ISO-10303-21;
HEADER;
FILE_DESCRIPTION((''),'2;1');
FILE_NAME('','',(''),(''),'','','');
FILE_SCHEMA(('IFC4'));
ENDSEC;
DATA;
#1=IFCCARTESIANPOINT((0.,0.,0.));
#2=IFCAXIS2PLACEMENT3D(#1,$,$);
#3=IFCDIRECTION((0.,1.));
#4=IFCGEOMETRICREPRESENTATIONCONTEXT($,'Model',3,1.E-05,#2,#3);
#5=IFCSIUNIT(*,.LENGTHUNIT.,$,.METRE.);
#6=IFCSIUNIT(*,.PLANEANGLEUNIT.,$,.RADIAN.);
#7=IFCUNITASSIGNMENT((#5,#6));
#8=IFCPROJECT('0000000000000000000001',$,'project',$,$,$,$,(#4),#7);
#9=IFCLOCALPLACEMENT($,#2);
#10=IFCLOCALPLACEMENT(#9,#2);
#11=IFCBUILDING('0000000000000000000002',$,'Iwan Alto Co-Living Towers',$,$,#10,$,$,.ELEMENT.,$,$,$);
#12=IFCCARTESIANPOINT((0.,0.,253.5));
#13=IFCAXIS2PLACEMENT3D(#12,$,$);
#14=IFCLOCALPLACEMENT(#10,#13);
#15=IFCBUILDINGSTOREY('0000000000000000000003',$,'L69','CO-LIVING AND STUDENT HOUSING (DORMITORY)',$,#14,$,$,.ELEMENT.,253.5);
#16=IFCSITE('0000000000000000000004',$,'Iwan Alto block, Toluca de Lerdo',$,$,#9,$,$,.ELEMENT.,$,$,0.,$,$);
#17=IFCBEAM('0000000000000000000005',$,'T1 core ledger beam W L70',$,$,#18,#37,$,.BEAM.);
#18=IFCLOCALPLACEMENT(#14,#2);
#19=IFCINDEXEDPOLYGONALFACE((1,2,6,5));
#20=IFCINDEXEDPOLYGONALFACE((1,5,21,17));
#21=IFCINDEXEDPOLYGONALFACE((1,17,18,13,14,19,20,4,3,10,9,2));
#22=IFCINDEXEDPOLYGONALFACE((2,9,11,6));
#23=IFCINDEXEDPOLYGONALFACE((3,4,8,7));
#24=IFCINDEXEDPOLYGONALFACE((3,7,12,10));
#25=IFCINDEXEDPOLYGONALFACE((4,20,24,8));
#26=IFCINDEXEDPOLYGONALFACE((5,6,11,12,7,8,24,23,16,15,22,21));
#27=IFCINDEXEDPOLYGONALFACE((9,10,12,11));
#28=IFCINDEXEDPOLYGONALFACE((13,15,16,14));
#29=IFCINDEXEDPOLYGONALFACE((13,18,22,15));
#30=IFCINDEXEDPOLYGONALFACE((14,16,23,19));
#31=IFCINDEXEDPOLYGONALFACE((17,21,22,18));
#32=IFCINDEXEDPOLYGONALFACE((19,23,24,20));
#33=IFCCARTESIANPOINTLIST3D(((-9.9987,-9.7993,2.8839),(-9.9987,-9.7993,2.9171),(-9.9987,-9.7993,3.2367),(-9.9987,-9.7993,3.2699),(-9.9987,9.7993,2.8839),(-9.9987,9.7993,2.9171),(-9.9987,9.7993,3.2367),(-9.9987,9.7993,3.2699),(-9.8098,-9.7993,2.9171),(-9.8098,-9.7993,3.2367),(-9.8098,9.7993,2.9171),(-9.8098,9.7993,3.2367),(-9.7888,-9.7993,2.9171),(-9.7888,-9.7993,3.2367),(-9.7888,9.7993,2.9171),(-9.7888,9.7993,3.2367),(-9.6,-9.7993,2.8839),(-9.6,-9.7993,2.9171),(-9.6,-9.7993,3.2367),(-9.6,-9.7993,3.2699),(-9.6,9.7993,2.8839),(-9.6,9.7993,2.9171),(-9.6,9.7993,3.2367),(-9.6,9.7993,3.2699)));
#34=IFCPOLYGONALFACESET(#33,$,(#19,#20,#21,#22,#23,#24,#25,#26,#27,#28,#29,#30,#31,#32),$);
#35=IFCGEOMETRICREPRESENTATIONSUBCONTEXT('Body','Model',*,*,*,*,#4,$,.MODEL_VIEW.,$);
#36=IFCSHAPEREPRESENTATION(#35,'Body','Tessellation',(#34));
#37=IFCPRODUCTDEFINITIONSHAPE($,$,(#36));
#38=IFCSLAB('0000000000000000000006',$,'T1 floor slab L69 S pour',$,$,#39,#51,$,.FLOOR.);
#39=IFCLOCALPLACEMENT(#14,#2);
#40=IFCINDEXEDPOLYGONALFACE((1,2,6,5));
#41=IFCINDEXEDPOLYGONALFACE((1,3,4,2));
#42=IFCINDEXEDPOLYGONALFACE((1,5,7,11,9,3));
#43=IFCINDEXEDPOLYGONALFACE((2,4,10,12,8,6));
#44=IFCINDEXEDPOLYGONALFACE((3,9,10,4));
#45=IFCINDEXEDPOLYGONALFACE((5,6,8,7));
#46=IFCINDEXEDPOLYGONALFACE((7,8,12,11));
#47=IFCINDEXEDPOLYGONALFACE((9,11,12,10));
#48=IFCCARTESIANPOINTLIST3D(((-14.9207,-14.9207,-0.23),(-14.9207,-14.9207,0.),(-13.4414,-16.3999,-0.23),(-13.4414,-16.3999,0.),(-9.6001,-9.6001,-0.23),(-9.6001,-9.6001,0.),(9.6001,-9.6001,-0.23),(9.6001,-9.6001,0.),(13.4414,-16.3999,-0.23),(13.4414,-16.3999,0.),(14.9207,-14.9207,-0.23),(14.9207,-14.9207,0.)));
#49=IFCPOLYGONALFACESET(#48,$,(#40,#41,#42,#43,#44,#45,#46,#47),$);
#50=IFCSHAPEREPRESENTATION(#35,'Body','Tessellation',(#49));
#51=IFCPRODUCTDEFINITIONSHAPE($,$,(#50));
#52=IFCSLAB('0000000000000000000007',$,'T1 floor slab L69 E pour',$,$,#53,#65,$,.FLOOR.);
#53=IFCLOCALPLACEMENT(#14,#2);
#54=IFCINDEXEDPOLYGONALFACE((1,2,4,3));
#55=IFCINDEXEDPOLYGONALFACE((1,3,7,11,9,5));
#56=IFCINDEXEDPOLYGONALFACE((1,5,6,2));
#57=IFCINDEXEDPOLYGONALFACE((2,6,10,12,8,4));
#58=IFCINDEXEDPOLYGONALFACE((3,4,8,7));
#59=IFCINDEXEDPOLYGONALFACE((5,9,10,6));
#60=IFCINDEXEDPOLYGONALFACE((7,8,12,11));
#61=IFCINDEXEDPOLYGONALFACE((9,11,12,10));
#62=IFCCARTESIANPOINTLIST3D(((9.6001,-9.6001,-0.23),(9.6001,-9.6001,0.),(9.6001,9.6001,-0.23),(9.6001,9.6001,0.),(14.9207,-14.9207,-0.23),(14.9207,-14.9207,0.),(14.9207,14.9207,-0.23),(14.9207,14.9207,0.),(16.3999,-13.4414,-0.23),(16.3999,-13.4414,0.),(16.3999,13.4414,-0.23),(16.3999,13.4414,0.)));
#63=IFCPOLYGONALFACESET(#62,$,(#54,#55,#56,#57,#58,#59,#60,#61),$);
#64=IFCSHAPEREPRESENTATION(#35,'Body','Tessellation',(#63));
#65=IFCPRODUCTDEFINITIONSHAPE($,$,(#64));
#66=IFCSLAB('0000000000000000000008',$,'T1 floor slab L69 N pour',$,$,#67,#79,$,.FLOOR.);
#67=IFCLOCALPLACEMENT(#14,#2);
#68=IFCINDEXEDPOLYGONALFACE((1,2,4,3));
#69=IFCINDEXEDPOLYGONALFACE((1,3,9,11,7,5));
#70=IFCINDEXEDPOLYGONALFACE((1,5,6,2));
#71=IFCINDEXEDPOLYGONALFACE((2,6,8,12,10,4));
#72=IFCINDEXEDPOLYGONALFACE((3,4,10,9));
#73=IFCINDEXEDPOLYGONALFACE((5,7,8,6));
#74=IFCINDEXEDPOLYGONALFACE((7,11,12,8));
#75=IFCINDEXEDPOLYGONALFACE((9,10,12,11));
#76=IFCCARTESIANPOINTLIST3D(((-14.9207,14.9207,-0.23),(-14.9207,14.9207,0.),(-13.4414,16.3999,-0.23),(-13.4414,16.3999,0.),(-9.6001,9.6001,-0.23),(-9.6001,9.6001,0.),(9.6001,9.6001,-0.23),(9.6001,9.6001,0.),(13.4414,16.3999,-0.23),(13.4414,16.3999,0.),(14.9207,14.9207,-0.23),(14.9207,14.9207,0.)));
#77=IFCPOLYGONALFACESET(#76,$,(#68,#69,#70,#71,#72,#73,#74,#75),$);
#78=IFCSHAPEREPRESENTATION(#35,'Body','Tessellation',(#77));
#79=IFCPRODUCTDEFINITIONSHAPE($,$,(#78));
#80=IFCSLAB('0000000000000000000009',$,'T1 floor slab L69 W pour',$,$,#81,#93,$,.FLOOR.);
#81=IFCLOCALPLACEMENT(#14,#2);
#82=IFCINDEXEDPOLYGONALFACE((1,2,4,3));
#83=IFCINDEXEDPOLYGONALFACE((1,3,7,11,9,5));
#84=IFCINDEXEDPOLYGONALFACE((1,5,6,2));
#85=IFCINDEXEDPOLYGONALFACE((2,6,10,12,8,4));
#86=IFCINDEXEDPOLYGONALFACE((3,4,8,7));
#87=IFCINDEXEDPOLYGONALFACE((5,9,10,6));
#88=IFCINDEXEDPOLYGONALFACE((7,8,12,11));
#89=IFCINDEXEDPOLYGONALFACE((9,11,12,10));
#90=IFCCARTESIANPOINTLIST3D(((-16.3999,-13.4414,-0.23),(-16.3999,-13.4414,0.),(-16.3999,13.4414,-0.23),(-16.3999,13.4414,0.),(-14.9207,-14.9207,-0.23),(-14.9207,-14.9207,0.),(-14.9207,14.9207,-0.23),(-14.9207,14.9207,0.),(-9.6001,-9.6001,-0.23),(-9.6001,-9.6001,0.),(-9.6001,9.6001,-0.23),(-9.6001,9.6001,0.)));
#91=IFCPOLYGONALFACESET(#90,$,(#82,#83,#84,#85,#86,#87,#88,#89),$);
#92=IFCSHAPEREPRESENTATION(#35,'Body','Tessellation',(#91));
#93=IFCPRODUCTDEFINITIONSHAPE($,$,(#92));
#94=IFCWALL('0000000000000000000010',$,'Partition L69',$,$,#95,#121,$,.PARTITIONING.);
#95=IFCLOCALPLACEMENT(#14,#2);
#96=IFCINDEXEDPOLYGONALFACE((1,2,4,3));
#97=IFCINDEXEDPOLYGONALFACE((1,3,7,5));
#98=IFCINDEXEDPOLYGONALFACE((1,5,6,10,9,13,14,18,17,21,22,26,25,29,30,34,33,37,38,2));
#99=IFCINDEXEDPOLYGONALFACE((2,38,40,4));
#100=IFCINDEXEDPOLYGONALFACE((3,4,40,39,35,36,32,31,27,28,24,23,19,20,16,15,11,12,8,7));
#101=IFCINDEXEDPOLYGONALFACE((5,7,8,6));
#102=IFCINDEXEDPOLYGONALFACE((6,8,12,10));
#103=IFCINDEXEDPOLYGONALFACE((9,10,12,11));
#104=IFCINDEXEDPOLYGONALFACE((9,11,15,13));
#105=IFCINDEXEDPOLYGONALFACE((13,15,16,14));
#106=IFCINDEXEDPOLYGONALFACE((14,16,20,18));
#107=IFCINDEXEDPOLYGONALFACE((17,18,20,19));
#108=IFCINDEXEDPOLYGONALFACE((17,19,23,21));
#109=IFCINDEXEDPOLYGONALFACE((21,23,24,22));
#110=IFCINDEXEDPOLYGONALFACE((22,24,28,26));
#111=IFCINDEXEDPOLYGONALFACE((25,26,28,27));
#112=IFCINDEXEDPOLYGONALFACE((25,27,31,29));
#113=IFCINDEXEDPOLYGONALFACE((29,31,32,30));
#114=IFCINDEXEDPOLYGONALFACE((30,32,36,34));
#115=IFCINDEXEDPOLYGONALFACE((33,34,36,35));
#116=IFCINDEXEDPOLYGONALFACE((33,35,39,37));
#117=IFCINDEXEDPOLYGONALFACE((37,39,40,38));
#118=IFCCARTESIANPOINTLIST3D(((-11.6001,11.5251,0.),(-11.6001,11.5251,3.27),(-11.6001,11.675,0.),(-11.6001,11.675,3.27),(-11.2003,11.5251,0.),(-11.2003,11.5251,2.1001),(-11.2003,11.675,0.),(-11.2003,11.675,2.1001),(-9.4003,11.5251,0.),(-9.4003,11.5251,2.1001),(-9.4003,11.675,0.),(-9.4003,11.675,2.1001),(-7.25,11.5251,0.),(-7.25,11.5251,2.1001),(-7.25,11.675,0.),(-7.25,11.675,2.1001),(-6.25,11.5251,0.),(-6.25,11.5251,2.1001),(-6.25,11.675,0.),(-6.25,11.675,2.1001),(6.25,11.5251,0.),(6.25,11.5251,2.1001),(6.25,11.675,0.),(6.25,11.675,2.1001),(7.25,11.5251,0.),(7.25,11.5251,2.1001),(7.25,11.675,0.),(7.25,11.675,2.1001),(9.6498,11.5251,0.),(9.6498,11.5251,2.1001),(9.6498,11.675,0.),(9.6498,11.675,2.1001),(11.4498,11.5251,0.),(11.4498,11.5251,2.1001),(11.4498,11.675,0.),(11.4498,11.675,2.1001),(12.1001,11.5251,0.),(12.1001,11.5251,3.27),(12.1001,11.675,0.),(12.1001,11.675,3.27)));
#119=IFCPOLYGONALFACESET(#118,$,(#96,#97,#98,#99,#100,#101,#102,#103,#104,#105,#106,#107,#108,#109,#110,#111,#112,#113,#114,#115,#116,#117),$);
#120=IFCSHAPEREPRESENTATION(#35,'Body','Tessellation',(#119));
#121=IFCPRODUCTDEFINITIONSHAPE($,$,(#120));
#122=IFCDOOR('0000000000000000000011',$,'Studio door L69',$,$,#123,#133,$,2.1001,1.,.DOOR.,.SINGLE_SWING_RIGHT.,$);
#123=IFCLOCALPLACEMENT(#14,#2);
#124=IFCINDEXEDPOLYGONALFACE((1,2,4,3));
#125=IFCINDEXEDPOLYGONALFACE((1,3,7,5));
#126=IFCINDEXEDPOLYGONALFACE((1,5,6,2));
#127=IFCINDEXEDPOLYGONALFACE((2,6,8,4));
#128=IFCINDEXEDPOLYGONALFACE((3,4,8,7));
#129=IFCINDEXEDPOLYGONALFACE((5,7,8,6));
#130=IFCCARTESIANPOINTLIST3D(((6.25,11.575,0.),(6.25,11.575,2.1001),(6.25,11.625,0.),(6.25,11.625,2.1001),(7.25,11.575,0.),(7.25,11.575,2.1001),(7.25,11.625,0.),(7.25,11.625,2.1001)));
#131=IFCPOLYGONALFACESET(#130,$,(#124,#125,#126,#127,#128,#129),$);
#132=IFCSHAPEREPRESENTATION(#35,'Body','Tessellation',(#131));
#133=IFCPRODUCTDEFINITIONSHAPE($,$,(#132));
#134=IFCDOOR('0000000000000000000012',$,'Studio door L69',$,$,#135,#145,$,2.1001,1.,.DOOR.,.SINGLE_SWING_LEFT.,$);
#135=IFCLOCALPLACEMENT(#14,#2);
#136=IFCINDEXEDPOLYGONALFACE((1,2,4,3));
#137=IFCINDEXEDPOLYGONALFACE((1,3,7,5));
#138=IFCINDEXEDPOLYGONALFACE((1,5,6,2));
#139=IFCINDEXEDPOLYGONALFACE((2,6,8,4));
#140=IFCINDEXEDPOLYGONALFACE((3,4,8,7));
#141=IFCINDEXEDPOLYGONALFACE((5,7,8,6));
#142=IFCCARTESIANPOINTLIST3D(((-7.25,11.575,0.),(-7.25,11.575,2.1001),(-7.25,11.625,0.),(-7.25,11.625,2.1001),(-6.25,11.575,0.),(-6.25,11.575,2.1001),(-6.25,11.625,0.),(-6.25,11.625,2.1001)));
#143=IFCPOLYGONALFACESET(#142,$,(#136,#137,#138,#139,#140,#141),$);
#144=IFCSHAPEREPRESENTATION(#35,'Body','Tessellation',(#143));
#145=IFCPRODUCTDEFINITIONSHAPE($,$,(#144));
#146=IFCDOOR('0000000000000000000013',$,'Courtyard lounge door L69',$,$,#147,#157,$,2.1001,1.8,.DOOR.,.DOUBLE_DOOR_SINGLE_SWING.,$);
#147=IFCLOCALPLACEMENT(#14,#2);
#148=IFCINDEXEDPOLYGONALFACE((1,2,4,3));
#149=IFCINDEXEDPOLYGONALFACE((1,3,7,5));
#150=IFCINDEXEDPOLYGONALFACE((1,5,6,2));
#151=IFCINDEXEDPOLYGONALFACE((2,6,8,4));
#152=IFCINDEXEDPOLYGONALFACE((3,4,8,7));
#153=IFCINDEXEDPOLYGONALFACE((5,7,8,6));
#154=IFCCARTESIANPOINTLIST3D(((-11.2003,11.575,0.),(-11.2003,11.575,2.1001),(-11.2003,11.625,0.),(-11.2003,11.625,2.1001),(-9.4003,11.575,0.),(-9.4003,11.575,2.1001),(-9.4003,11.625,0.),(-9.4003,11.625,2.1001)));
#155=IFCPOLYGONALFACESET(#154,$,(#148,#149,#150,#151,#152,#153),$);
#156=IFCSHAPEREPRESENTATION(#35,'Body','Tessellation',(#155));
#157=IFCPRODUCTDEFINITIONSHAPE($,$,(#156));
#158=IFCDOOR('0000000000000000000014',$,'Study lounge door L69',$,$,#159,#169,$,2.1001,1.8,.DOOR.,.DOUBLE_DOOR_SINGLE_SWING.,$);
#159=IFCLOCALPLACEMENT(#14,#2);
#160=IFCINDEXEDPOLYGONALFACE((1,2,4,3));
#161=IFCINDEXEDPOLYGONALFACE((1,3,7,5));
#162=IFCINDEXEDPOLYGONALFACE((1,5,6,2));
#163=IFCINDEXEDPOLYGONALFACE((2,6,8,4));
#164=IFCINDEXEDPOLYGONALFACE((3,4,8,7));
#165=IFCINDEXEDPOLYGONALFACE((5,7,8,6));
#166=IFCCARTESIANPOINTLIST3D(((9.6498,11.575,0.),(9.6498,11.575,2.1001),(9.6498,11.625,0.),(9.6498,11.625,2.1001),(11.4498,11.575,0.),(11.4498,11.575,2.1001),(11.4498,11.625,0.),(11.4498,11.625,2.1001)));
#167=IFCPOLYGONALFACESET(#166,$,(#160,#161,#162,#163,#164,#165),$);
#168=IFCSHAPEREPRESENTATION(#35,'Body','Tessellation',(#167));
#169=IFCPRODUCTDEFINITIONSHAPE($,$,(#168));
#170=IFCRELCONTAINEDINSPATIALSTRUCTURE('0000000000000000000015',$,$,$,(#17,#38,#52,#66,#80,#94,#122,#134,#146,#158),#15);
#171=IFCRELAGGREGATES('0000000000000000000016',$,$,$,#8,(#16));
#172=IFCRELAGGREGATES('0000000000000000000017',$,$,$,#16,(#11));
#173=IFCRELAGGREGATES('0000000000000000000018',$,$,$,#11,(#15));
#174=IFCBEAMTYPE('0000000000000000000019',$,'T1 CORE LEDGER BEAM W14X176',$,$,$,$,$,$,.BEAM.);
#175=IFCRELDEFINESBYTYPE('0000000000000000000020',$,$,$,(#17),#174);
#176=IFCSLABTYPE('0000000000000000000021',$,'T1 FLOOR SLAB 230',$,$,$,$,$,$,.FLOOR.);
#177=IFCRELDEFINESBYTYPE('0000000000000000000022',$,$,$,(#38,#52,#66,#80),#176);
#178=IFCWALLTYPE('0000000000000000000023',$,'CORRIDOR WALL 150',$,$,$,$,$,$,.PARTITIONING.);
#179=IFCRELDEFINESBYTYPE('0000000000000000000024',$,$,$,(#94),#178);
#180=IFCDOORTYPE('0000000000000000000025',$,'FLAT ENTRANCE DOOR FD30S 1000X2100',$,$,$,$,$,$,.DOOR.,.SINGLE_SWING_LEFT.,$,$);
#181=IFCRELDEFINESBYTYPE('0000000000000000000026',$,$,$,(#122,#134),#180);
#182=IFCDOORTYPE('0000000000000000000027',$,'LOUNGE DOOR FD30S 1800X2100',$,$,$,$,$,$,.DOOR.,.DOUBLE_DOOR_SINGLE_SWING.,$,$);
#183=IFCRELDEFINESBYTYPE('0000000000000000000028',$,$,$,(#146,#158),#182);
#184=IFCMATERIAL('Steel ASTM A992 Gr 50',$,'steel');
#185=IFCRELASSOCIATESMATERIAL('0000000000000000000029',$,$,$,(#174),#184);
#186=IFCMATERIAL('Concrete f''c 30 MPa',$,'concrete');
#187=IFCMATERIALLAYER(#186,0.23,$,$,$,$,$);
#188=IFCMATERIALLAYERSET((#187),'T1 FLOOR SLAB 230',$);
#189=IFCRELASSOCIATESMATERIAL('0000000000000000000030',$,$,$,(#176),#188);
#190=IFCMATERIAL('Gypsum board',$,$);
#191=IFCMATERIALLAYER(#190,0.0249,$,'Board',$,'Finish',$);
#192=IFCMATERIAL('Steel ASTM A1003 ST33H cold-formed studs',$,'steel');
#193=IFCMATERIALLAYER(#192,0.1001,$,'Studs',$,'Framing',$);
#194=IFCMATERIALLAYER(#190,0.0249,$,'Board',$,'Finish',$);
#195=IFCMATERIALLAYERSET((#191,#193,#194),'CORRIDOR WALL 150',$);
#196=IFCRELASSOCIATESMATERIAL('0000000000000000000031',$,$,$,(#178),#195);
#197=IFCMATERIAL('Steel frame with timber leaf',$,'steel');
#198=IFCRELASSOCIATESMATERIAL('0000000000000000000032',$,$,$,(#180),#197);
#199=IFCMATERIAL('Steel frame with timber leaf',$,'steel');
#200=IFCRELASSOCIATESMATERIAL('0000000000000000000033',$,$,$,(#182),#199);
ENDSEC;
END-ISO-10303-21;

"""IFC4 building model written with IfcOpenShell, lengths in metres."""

from ifc_helpers import new_model, si_unit, direction, frame, frame_2d, origin, origin_2d, place, context, subcontext, project, spatial, polyline, rectangle, i_section, outline, extrude, material, layer, layer_set, material_profile, profile_set, type_object, element, fill, save


model = new_model("IFC4")

# Units and contexts
model_context = context("Model", 3, precision=1e-05, world=origin(), true_north=direction((0.0, 1.0)))
body_context = subcontext(model_context, "Body", "Model", "MODEL_VIEW")
ifc_project = project(units=[si_unit("LENGTHUNIT", "METRE"), si_unit("PLANEANGLEUNIT", "RADIAN")], contexts=[model_context])

# Site, building, storey
site_placement = place(None, origin())
site = spatial("IfcSite", under=ifc_project, at=site_placement, Name="Iwan Alto block, Toluca de Lerdo", CompositionType="ELEMENT", RefElevation=0.0)
building_placement = place(site_placement, origin())
building = spatial("IfcBuilding", under=site, at=building_placement, Name="Iwan Alto Co-Living Towers", CompositionType="ELEMENT")
storey_placement = place(building_placement, frame((0.0, 0.0, 253.5)))
storey = spatial("IfcBuildingStorey", under=building, at=storey_placement, Name="L69", Description="CO-LIVING AND STUDENT HOUSING (DORMITORY)", CompositionType="ELEMENT", Elevation=253.5)

# Beam
ifc_material_1 = material(Name="Steel ASTM A992 Gr 50", Category="steel")
ifc_material_profile = material_profile(ifc_material_1, i_section(OverallWidth=0.3987, OverallDepth=0.386, WebThickness=0.021, FlangeThickness=0.0332, at=origin_2d()), Name="W14X176")
ifc_profile_set = profile_set([ifc_material_profile], Name="Steel ASTM A992 Gr 50")
beam_type = type_object("IfcBeamType", Name="T1 CORE LEDGER BEAM W14X176", PredefinedType="BEAM", material=ifc_profile_set)
beam_placement = place(storey_placement, frame((-9.7993, 9.7993, 3.0769), z_axis=(0.0, -1.0, 0.0), x_axis=(1.0, 0.0, 0.0)))
element("IfcBeam", 1, at=beam_placement, inside=storey, type_object=beam_type, Name="T1 core ledger beam W L70", PredefinedType="BEAM", context=body_context, shape_type="SweptSolid", body=[
    extrude(i_section(OverallWidth=0.3987, OverallDepth=0.386, WebThickness=0.021, FlangeThickness=0.0332, at=origin_2d()), origin(), (0.0, 0.0, 1.0), 19.5986),
])

# Slabs
ifc_material_2 = material(Name="Concrete f'c 30 MPa", Category="concrete")
ifc_layer_1 = layer(ifc_material_2, 0.23)
ifc_layer_set_1 = layer_set([ifc_layer_1], Name="T1 FLOOR SLAB 230")
slab_type = type_object("IfcSlabType", Name="T1 FLOOR SLAB 230", PredefinedType="FLOOR", material=ifc_layer_set_1)
slab_1_placement = place(storey_placement, frame((0.0, 0.0, -0.23)))
element("IfcSlab", 2, at=slab_1_placement, inside=storey, type_object=slab_type, Name="T1 floor slab L69 S pour", PredefinedType="FLOOR", context=body_context, shape_type="SweptSolid", body=[
    extrude(outline(polyline([(13.4414, -16.3999), (-13.4414, -16.3999), (-14.9207, -14.9207), (-9.6001, -9.6001), (9.6001, -9.6001), (14.9207, -14.9207), (13.4414, -16.3999)])), origin(), (0.0, 0.0, 1.0), 0.23),
])
slab_2_placement = place(storey_placement, frame((0.0, 0.0, -0.23)))
element("IfcSlab", 3, at=slab_2_placement, inside=storey, type_object=slab_type, Name="T1 floor slab L69 E pour", PredefinedType="FLOOR", context=body_context, shape_type="SweptSolid", body=[
    extrude(outline(polyline([(16.3999, 13.4414), (16.3999, -13.4414), (14.9207, -14.9207), (9.6001, -9.6001), (9.6001, 9.6001), (14.9207, 14.9207), (16.3999, 13.4414)])), origin(), (0.0, 0.0, 1.0), 0.23),
])
slab_3_placement = place(storey_placement, frame((0.0, 0.0, -0.23)))
element("IfcSlab", 4, at=slab_3_placement, inside=storey, type_object=slab_type, Name="T1 floor slab L69 N pour", PredefinedType="FLOOR", context=body_context, shape_type="SweptSolid", body=[
    extrude(outline(polyline([(-13.4414, 16.3999), (13.4414, 16.3999), (14.9207, 14.9207), (9.6001, 9.6001), (-9.6001, 9.6001), (-14.9207, 14.9207), (-13.4414, 16.3999)])), origin(), (0.0, 0.0, 1.0), 0.23),
])
slab_4_placement = place(storey_placement, frame((0.0, 0.0, -0.23)))
element("IfcSlab", 5, at=slab_4_placement, inside=storey, type_object=slab_type, Name="T1 floor slab L69 W pour", PredefinedType="FLOOR", context=body_context, shape_type="SweptSolid", body=[
    extrude(outline(polyline([(-16.3999, 13.4414), (-14.9207, 14.9207), (-9.6001, 9.6001), (-9.6001, -9.6001), (-14.9207, -14.9207), (-16.3999, -13.4414), (-16.3999, 13.4414)])), origin(), (0.0, 0.0, 1.0), 0.23),
])

# Wall, openings, doors
ifc_material_3 = material(Name="Gypsum board")
ifc_layer_2 = layer(ifc_material_3, 0.0249, Name="Board", Category="Finish")
ifc_material_4 = material(Name="Steel ASTM A1003 ST33H cold-formed studs", Category="steel")
ifc_layer_3 = layer(ifc_material_4, 0.1001, Name="Studs", Category="Framing")
ifc_layer_4 = layer(ifc_material_3, 0.0249, Name="Board", Category="Finish")
ifc_layer_set_2 = layer_set([ifc_layer_2, ifc_layer_3, ifc_layer_4], Name="CORRIDOR WALL 150")
wall_type_1 = type_object("IfcWallType", Name="CORRIDOR WALL 150", PredefinedType="PARTITIONING", material=ifc_layer_set_2)
wall_1_placement = place(storey_placement, frame((-11.6001, 11.6001, 0.0), z_axis=(0.0, 0.0, 1.0), x_axis=(1.0, 0.0, 0.0)))
wall_1 = element("IfcWall", 6, at=wall_1_placement, inside=storey, type_object=wall_type_1, Name="Partition L69", PredefinedType="PARTITIONING", context=body_context, shape_type="SweptSolid", body=[
    extrude(rectangle(XDim=23.7002, YDim=0.1499, at=frame_2d((11.8501, 0.0))), origin(), (0.0, 0.0, 1.0), 3.27),
])
opening_1_placement = place(wall_1_placement, frame((17.8501, 0.0, 0.0)))
opening_1 = element("IfcOpeningElement", 7, at=opening_1_placement, cuts=wall_1, PredefinedType="OPENING", context=body_context, shape_type="SweptSolid", body=[
    extrude(rectangle(XDim=1.0, YDim=2.1001, at=frame_2d((0.5, 1.05))), frame((0.0, 0.085, 0.0), z_axis=(0.0, -1.0, 0.0), x_axis=(1.0, 0.0, 0.0)), (0.0, 0.0, 1.0), 0.1699),
])
opening_2_placement = place(wall_1_placement, frame((4.3501, 0.0, 0.0)))
opening_2 = element("IfcOpeningElement", 8, at=opening_2_placement, cuts=wall_1, PredefinedType="OPENING", context=body_context, shape_type="SweptSolid", body=[
    extrude(rectangle(XDim=1.0, YDim=2.1001, at=frame_2d((0.5, 1.05))), frame((0.0, 0.085, 0.0), z_axis=(0.0, -1.0, 0.0), x_axis=(1.0, 0.0, 0.0)), (0.0, 0.0, 1.0), 0.1699),
])
opening_3_placement = place(wall_1_placement, frame((0.3999, 0.0, 0.0)))
opening_3 = element("IfcOpeningElement", 9, at=opening_3_placement, cuts=wall_1, PredefinedType="OPENING", context=body_context, shape_type="SweptSolid", body=[
    extrude(rectangle(XDim=1.8, YDim=2.1001, at=frame_2d((0.8999, 1.05))), frame((0.0, 0.085, 0.0), z_axis=(0.0, -1.0, 0.0), x_axis=(1.0, 0.0, 0.0)), (0.0, 0.0, 1.0), 0.1699),
])
opening_4_placement = place(wall_1_placement, frame((21.25, 0.0, 0.0)))
opening_4 = element("IfcOpeningElement", 10, at=opening_4_placement, cuts=wall_1, PredefinedType="OPENING", context=body_context, shape_type="SweptSolid", body=[
    extrude(rectangle(XDim=1.8, YDim=2.1001, at=frame_2d((0.8999, 1.05))), frame((0.0, 0.085, 0.0), z_axis=(0.0, -1.0, 0.0), x_axis=(1.0, 0.0, 0.0)), (0.0, 0.0, 1.0), 0.1699),
])
ifc_material_5 = material(Name="Steel frame with timber leaf", Category="steel")
door_type_1 = type_object("IfcDoorType", Name="FLAT ENTRANCE DOOR FD30S 1000X2100", OperationType="SINGLE_SWING_LEFT", PredefinedType="DOOR", material=ifc_material_5)
door_1_placement = place(opening_1_placement, origin())
door_1 = element("IfcDoor", 11, at=door_1_placement, inside=storey, type_object=door_type_1, Name="Studio door L69", OperationType="SINGLE_SWING_RIGHT", OverallHeight=2.1001, OverallWidth=1.0, PredefinedType="DOOR", context=body_context, shape_type="SweptSolid", body=[
    extrude(rectangle(XDim=1.0, YDim=2.1001, at=frame_2d((0.5, 1.05))), frame((0.0, 0.0249, 0.0), z_axis=(0.0, -1.0, 0.0), x_axis=(1.0, 0.0, 0.0)), (0.0, 0.0, 1.0), 0.05),
])
fill(opening_1, door_1)
door_2_placement = place(opening_2_placement, origin())
door_2 = element("IfcDoor", 12, at=door_2_placement, inside=storey, type_object=door_type_1, Name="Studio door L69", OperationType="SINGLE_SWING_LEFT", OverallHeight=2.1001, OverallWidth=1.0, PredefinedType="DOOR", context=body_context, shape_type="SweptSolid", body=[
    extrude(rectangle(XDim=1.0, YDim=2.1001, at=frame_2d((0.5, 1.05))), frame((0.0, 0.0249, 0.0), z_axis=(0.0, -1.0, 0.0), x_axis=(1.0, 0.0, 0.0)), (0.0, 0.0, 1.0), 0.05),
])
fill(opening_2, door_2)
ifc_material_6 = material(Name="Steel frame with timber leaf", Category="steel")
door_type_2 = type_object("IfcDoorType", Name="LOUNGE DOOR FD30S 1800X2100", OperationType="DOUBLE_DOOR_SINGLE_SWING", PredefinedType="DOOR", material=ifc_material_6)
door_3_placement = place(opening_3_placement, origin())
door_3 = element("IfcDoor", 13, at=door_3_placement, inside=storey, type_object=door_type_2, Name="Courtyard lounge door L69", OperationType="DOUBLE_DOOR_SINGLE_SWING", OverallHeight=2.1001, OverallWidth=1.8, PredefinedType="DOOR", context=body_context, shape_type="SweptSolid", body=[
    extrude(rectangle(XDim=1.8, YDim=2.1001, at=frame_2d((0.8999, 1.05))), frame((0.0, 0.0249, 0.0), z_axis=(0.0, -1.0, 0.0), x_axis=(1.0, 0.0, 0.0)), (0.0, 0.0, 1.0), 0.05),
])
fill(opening_3, door_3)
door_4_placement = place(opening_4_placement, origin())
door_4 = element("IfcDoor", 14, at=door_4_placement, inside=storey, type_object=door_type_2, Name="Study lounge door L69", OperationType="DOUBLE_DOOR_SINGLE_SWING", OverallHeight=2.1001, OverallWidth=1.8, PredefinedType="DOOR", context=body_context, shape_type="SweptSolid", body=[
    extrude(rectangle(XDim=1.8, YDim=2.1001, at=frame_2d((0.8999, 1.05))), frame((0.0, 0.0249, 0.0), z_axis=(0.0, -1.0, 0.0), x_axis=(1.0, 0.0, 0.0)), (0.0, 0.0, 1.0), 0.05),
])
fill(opening_4, door_4)

save(model, "model.ifc")
